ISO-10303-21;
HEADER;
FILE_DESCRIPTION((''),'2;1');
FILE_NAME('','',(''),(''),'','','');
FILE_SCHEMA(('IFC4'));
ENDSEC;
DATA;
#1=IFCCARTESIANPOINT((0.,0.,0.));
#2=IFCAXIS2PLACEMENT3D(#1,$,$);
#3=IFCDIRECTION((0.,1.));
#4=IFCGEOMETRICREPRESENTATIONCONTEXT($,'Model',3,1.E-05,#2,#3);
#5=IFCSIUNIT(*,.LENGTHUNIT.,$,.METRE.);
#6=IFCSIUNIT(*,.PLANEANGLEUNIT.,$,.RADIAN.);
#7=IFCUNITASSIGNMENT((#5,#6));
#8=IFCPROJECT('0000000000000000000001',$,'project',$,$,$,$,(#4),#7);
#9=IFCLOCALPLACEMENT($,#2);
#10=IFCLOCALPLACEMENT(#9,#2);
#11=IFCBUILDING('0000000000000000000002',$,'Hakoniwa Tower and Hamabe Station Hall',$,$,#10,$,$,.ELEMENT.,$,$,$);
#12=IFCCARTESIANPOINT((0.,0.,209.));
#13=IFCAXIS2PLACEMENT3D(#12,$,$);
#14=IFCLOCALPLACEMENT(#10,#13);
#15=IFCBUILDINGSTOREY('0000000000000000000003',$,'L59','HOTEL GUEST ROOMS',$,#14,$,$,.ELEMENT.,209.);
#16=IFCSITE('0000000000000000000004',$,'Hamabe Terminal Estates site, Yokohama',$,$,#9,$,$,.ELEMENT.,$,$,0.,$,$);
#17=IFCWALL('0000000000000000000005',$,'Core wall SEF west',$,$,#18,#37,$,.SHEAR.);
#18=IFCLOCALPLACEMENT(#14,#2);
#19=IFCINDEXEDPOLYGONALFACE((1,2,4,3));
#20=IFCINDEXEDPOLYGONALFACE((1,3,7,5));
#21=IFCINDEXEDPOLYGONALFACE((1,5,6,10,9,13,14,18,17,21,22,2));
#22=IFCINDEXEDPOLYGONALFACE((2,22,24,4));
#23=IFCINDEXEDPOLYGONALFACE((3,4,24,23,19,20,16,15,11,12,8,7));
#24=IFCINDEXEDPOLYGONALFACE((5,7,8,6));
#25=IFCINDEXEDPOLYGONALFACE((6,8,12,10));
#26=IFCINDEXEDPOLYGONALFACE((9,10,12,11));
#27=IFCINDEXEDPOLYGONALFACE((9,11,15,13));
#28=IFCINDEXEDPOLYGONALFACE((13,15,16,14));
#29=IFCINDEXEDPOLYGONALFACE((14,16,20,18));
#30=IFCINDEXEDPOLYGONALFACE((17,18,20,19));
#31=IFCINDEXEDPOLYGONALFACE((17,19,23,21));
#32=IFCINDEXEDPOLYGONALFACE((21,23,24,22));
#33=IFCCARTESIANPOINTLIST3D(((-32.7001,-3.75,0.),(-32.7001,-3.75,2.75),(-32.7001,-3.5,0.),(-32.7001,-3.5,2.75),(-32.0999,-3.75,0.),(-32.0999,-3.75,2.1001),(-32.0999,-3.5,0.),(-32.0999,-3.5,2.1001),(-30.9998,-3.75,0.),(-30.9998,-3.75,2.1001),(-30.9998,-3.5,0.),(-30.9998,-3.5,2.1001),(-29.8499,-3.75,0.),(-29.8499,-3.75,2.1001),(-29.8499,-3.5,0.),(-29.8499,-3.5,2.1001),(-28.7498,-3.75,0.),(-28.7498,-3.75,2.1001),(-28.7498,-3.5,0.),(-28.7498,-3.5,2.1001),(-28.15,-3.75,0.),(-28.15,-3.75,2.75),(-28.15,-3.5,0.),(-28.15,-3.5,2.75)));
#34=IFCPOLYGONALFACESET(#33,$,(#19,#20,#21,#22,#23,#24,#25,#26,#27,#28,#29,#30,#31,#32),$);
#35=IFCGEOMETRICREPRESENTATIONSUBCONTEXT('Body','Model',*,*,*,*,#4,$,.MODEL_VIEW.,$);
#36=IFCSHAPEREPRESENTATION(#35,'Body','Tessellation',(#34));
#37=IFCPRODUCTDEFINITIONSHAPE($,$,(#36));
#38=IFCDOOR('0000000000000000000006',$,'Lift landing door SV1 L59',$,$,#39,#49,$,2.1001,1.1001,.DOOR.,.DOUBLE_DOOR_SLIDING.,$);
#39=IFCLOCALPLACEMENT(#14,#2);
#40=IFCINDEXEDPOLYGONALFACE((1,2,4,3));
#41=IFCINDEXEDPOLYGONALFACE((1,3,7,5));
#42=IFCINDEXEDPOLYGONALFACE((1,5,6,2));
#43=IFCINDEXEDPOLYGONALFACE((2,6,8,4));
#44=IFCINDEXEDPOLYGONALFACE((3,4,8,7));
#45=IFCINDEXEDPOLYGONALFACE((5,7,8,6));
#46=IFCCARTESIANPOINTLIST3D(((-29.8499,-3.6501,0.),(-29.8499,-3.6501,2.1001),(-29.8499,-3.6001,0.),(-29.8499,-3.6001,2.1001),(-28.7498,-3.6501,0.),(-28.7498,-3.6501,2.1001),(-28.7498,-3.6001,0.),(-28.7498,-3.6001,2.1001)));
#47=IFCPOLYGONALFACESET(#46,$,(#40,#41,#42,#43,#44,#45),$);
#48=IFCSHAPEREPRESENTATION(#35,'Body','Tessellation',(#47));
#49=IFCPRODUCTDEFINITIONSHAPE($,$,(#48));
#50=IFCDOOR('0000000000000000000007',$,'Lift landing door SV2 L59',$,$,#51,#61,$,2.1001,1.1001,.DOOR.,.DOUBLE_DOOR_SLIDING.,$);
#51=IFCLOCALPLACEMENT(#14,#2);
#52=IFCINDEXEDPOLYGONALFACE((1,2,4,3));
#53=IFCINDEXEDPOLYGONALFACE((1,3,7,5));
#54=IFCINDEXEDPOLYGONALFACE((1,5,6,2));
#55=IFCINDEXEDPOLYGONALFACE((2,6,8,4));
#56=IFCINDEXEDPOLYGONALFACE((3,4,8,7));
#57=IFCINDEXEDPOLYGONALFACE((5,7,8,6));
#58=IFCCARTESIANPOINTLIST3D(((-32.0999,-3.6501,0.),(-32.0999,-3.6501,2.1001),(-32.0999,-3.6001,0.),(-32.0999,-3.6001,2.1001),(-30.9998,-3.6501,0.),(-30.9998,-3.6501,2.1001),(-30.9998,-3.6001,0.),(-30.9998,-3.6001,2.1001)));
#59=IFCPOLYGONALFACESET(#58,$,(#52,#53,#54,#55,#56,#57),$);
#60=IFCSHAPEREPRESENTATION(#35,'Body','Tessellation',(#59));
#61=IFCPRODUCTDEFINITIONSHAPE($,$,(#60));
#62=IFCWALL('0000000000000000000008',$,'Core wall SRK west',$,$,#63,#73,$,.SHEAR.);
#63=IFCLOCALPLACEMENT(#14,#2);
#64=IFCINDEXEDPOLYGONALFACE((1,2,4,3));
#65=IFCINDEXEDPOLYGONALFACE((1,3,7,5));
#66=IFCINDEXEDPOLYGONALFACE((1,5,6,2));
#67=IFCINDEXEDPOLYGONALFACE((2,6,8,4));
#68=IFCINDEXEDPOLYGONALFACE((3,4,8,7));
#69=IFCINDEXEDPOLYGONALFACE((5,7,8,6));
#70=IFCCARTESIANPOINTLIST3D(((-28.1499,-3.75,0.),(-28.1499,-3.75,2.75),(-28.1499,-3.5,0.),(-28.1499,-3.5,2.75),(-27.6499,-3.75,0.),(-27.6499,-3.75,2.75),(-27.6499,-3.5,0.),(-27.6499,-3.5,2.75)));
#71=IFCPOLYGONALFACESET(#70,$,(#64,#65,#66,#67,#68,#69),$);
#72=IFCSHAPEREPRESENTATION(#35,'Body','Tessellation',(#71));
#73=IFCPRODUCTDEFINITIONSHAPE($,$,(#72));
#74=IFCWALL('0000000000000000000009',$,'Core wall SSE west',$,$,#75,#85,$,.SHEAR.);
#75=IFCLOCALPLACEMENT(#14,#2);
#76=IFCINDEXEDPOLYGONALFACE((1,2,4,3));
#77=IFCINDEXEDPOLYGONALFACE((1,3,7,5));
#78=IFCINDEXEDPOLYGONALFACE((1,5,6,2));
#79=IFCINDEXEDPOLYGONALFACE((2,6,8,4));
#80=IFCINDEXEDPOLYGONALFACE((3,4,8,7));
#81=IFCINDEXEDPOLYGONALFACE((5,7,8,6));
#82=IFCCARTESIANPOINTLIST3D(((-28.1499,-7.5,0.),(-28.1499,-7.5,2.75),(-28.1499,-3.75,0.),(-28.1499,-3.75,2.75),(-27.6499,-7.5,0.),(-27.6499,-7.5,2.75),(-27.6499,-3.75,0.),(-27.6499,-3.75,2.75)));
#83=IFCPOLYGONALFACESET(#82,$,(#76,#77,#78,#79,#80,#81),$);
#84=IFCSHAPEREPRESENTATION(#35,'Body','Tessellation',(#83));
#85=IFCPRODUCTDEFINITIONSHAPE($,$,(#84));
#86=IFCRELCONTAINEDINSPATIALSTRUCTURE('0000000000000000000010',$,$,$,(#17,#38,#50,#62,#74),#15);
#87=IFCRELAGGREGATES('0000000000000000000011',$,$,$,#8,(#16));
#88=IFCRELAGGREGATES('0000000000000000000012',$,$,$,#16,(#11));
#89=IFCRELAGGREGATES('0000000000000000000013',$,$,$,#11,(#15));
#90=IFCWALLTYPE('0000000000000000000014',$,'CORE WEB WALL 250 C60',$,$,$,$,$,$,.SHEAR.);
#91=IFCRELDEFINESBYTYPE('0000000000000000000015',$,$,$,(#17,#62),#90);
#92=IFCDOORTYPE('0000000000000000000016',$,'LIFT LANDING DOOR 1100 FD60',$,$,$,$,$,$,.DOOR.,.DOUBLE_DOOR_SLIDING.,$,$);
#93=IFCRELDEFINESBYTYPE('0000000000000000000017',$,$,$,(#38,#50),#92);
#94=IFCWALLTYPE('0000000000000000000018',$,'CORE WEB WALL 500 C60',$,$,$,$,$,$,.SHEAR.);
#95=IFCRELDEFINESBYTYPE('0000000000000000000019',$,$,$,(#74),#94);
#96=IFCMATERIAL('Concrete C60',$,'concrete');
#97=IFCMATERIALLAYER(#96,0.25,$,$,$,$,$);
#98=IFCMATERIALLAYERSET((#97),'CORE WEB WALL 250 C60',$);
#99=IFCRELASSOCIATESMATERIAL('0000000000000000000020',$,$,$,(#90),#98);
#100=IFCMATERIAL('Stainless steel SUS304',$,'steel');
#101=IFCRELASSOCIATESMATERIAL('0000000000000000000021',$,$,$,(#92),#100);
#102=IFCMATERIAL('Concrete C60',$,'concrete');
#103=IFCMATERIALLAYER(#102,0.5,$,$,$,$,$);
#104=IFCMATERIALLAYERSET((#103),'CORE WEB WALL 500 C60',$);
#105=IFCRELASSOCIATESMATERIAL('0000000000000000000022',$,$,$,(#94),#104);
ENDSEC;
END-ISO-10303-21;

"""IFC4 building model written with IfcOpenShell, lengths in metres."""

from ifc_helpers import new_model, si_unit, direction, frame, frame_2d, origin, place, context, subcontext, project, spatial, rectangle, extrude, material, layer, layer_set, type_object, element, fill, save


model = new_model("IFC4")

# Units and contexts
model_context = context("Model", 3, precision=1e-05, world=origin(), true_north=direction((0.0, 1.0)))
body_context = subcontext(model_context, "Body", "Model", "MODEL_VIEW")
ifc_project = project(units=[si_unit("LENGTHUNIT", "METRE"), si_unit("PLANEANGLEUNIT", "RADIAN")], contexts=[model_context])

# Site, building, storey
site_placement = place(None, origin())
site = spatial("IfcSite", under=ifc_project, at=site_placement, Name="Hamabe Terminal Estates site, Yokohama", CompositionType="ELEMENT", RefElevation=0.0)
building_placement = place(site_placement, origin())
building = spatial("IfcBuilding", under=site, at=building_placement, Name="Hakoniwa Tower and Hamabe Station Hall", CompositionType="ELEMENT")
storey_placement = place(building_placement, frame((0.0, 0.0, 209.0)))
storey = spatial("IfcBuildingStorey", under=building, at=storey_placement, Name="L59", Description="HOTEL GUEST ROOMS", CompositionType="ELEMENT", Elevation=209.0)

# Shared definitions
ifc_material_1 = material(Name="Concrete C60", Category="concrete")
ifc_layer_1 = layer(ifc_material_1, 0.25)
ifc_layer_set_1 = layer_set([ifc_layer_1], Name="CORE WEB WALL 250 C60")
wall_type_1 = type_object("IfcWallType", Name="CORE WEB WALL 250 C60", PredefinedType="SHEAR", material=ifc_layer_set_1)

# Shared definitions
ifc_material_2 = material(Name="Stainless steel SUS304", Category="steel")
door_type_1 = type_object("IfcDoorType", Name="LIFT LANDING DOOR 1100 FD60", OperationType="DOUBLE_DOOR_SLIDING", PredefinedType="DOOR", material=ifc_material_2)

# Wall, openings, doors
wall_1_placement = place(storey_placement, frame((-32.7, -3.625, 0.0), z_axis=(0.0, 0.0, 1.0), x_axis=(1.0, 0.0, 0.0)))
wall_1 = element("IfcWall", 1, at=wall_1_placement, inside=storey, type_object=wall_type_1, Name="Core wall SEF west", PredefinedType="SHEAR", context=body_context, shape_type="SweptSolid", body=[
    extrude(rectangle(XDim=4.55, YDim=0.25, at=frame_2d((2.2749, 0.0))), origin(), (0.0, 0.0, 1.0), 2.75),
])
opening_1_placement = place(wall_1_placement, frame((2.8501, 0.0, 0.0)))
opening_1 = element("IfcOpeningElement", 2, at=opening_1_placement, cuts=wall_1, PredefinedType="OPENING", context=body_context, shape_type="SweptSolid", body=[
    extrude(rectangle(XDim=1.1001, YDim=2.1001, at=frame_2d((0.55, 1.05))), frame((0.0, 0.135, 0.0), z_axis=(0.0, -1.0, 0.0), x_axis=(1.0, 0.0, 0.0)), (0.0, 0.0, 1.0), 0.27),
])
opening_2_placement = place(wall_1_placement, frame((0.6001, 0.0, 0.0)))
opening_2 = element("IfcOpeningElement", 3, at=opening_2_placement, cuts=wall_1, PredefinedType="OPENING", context=body_context, shape_type="SweptSolid", body=[
    extrude(rectangle(XDim=1.1001, YDim=2.1001, at=frame_2d((0.55, 1.05))), frame((0.0, 0.135, 0.0), z_axis=(0.0, -1.0, 0.0), x_axis=(1.0, 0.0, 0.0)), (0.0, 0.0, 1.0), 0.27),
])
door_1_placement = place(opening_1_placement, origin())
door_1 = element("IfcDoor", 4, at=door_1_placement, inside=storey, type_object=door_type_1, Name="Lift landing door SV1 L59", OperationType="DOUBLE_DOOR_SLIDING", OverallHeight=2.1001, OverallWidth=1.1001, PredefinedType="DOOR", context=body_context, shape_type="SweptSolid", body=[
    extrude(rectangle(XDim=1.1001, YDim=2.1001, at=frame_2d((0.55, 1.05))), frame((0.0, 0.0249, 0.0), z_axis=(0.0, -1.0, 0.0), x_axis=(1.0, 0.0, 0.0)), (0.0, 0.0, 1.0), 0.05),
])
fill(opening_1, door_1)
door_2_placement = place(opening_2_placement, origin())
door_2 = element("IfcDoor", 5, at=door_2_placement, inside=storey, type_object=door_type_1, Name="Lift landing door SV2 L59", OperationType="DOUBLE_DOOR_SLIDING", OverallHeight=2.1001, OverallWidth=1.1001, PredefinedType="DOOR", context=body_context, shape_type="SweptSolid", body=[
    extrude(rectangle(XDim=1.1001, YDim=2.1001, at=frame_2d((0.55, 1.05))), frame((0.0, 0.0249, 0.0), z_axis=(0.0, -1.0, 0.0), x_axis=(1.0, 0.0, 0.0)), (0.0, 0.0, 1.0), 0.05),
])
fill(opening_2, door_2)

# Walls
wall_2_placement = place(storey_placement, frame((-28.1499, -3.625, 0.0), z_axis=(0.0, 0.0, 1.0), x_axis=(1.0, 0.0, 0.0)))
element("IfcWall", 6, at=wall_2_placement, inside=storey, type_object=wall_type_1, Name="Core wall SRK west", PredefinedType="SHEAR", context=body_context, shape_type="SweptSolid", body=[
    extrude(rectangle(XDim=0.5, YDim=0.25, at=frame_2d((0.25, 0.0))), origin(), (0.0, 0.0, 1.0), 2.75),
])
ifc_material_3 = material(Name="Concrete C60", Category="concrete")
ifc_layer_2 = layer(ifc_material_3, 0.5)
ifc_layer_set_2 = layer_set([ifc_layer_2], Name="CORE WEB WALL 500 C60")
wall_type_2 = type_object("IfcWallType", Name="CORE WEB WALL 500 C60", PredefinedType="SHEAR", material=ifc_layer_set_2)
wall_3_placement = place(storey_placement, frame((-27.8999, -7.5, 0.0), z_axis=(0.0, 0.0, 1.0), x_axis=(0.0, 1.0, 0.0)))
element("IfcWall", 7, at=wall_3_placement, inside=storey, type_object=wall_type_2, Name="Core wall SSE west", PredefinedType="SHEAR", context=body_context, shape_type="SweptSolid", body=[
    extrude(rectangle(XDim=3.75, YDim=0.5, at=frame_2d((1.875, 0.0))), origin(), (0.0, 0.0, 1.0), 2.75),
])

save(model, "model.ifc")
